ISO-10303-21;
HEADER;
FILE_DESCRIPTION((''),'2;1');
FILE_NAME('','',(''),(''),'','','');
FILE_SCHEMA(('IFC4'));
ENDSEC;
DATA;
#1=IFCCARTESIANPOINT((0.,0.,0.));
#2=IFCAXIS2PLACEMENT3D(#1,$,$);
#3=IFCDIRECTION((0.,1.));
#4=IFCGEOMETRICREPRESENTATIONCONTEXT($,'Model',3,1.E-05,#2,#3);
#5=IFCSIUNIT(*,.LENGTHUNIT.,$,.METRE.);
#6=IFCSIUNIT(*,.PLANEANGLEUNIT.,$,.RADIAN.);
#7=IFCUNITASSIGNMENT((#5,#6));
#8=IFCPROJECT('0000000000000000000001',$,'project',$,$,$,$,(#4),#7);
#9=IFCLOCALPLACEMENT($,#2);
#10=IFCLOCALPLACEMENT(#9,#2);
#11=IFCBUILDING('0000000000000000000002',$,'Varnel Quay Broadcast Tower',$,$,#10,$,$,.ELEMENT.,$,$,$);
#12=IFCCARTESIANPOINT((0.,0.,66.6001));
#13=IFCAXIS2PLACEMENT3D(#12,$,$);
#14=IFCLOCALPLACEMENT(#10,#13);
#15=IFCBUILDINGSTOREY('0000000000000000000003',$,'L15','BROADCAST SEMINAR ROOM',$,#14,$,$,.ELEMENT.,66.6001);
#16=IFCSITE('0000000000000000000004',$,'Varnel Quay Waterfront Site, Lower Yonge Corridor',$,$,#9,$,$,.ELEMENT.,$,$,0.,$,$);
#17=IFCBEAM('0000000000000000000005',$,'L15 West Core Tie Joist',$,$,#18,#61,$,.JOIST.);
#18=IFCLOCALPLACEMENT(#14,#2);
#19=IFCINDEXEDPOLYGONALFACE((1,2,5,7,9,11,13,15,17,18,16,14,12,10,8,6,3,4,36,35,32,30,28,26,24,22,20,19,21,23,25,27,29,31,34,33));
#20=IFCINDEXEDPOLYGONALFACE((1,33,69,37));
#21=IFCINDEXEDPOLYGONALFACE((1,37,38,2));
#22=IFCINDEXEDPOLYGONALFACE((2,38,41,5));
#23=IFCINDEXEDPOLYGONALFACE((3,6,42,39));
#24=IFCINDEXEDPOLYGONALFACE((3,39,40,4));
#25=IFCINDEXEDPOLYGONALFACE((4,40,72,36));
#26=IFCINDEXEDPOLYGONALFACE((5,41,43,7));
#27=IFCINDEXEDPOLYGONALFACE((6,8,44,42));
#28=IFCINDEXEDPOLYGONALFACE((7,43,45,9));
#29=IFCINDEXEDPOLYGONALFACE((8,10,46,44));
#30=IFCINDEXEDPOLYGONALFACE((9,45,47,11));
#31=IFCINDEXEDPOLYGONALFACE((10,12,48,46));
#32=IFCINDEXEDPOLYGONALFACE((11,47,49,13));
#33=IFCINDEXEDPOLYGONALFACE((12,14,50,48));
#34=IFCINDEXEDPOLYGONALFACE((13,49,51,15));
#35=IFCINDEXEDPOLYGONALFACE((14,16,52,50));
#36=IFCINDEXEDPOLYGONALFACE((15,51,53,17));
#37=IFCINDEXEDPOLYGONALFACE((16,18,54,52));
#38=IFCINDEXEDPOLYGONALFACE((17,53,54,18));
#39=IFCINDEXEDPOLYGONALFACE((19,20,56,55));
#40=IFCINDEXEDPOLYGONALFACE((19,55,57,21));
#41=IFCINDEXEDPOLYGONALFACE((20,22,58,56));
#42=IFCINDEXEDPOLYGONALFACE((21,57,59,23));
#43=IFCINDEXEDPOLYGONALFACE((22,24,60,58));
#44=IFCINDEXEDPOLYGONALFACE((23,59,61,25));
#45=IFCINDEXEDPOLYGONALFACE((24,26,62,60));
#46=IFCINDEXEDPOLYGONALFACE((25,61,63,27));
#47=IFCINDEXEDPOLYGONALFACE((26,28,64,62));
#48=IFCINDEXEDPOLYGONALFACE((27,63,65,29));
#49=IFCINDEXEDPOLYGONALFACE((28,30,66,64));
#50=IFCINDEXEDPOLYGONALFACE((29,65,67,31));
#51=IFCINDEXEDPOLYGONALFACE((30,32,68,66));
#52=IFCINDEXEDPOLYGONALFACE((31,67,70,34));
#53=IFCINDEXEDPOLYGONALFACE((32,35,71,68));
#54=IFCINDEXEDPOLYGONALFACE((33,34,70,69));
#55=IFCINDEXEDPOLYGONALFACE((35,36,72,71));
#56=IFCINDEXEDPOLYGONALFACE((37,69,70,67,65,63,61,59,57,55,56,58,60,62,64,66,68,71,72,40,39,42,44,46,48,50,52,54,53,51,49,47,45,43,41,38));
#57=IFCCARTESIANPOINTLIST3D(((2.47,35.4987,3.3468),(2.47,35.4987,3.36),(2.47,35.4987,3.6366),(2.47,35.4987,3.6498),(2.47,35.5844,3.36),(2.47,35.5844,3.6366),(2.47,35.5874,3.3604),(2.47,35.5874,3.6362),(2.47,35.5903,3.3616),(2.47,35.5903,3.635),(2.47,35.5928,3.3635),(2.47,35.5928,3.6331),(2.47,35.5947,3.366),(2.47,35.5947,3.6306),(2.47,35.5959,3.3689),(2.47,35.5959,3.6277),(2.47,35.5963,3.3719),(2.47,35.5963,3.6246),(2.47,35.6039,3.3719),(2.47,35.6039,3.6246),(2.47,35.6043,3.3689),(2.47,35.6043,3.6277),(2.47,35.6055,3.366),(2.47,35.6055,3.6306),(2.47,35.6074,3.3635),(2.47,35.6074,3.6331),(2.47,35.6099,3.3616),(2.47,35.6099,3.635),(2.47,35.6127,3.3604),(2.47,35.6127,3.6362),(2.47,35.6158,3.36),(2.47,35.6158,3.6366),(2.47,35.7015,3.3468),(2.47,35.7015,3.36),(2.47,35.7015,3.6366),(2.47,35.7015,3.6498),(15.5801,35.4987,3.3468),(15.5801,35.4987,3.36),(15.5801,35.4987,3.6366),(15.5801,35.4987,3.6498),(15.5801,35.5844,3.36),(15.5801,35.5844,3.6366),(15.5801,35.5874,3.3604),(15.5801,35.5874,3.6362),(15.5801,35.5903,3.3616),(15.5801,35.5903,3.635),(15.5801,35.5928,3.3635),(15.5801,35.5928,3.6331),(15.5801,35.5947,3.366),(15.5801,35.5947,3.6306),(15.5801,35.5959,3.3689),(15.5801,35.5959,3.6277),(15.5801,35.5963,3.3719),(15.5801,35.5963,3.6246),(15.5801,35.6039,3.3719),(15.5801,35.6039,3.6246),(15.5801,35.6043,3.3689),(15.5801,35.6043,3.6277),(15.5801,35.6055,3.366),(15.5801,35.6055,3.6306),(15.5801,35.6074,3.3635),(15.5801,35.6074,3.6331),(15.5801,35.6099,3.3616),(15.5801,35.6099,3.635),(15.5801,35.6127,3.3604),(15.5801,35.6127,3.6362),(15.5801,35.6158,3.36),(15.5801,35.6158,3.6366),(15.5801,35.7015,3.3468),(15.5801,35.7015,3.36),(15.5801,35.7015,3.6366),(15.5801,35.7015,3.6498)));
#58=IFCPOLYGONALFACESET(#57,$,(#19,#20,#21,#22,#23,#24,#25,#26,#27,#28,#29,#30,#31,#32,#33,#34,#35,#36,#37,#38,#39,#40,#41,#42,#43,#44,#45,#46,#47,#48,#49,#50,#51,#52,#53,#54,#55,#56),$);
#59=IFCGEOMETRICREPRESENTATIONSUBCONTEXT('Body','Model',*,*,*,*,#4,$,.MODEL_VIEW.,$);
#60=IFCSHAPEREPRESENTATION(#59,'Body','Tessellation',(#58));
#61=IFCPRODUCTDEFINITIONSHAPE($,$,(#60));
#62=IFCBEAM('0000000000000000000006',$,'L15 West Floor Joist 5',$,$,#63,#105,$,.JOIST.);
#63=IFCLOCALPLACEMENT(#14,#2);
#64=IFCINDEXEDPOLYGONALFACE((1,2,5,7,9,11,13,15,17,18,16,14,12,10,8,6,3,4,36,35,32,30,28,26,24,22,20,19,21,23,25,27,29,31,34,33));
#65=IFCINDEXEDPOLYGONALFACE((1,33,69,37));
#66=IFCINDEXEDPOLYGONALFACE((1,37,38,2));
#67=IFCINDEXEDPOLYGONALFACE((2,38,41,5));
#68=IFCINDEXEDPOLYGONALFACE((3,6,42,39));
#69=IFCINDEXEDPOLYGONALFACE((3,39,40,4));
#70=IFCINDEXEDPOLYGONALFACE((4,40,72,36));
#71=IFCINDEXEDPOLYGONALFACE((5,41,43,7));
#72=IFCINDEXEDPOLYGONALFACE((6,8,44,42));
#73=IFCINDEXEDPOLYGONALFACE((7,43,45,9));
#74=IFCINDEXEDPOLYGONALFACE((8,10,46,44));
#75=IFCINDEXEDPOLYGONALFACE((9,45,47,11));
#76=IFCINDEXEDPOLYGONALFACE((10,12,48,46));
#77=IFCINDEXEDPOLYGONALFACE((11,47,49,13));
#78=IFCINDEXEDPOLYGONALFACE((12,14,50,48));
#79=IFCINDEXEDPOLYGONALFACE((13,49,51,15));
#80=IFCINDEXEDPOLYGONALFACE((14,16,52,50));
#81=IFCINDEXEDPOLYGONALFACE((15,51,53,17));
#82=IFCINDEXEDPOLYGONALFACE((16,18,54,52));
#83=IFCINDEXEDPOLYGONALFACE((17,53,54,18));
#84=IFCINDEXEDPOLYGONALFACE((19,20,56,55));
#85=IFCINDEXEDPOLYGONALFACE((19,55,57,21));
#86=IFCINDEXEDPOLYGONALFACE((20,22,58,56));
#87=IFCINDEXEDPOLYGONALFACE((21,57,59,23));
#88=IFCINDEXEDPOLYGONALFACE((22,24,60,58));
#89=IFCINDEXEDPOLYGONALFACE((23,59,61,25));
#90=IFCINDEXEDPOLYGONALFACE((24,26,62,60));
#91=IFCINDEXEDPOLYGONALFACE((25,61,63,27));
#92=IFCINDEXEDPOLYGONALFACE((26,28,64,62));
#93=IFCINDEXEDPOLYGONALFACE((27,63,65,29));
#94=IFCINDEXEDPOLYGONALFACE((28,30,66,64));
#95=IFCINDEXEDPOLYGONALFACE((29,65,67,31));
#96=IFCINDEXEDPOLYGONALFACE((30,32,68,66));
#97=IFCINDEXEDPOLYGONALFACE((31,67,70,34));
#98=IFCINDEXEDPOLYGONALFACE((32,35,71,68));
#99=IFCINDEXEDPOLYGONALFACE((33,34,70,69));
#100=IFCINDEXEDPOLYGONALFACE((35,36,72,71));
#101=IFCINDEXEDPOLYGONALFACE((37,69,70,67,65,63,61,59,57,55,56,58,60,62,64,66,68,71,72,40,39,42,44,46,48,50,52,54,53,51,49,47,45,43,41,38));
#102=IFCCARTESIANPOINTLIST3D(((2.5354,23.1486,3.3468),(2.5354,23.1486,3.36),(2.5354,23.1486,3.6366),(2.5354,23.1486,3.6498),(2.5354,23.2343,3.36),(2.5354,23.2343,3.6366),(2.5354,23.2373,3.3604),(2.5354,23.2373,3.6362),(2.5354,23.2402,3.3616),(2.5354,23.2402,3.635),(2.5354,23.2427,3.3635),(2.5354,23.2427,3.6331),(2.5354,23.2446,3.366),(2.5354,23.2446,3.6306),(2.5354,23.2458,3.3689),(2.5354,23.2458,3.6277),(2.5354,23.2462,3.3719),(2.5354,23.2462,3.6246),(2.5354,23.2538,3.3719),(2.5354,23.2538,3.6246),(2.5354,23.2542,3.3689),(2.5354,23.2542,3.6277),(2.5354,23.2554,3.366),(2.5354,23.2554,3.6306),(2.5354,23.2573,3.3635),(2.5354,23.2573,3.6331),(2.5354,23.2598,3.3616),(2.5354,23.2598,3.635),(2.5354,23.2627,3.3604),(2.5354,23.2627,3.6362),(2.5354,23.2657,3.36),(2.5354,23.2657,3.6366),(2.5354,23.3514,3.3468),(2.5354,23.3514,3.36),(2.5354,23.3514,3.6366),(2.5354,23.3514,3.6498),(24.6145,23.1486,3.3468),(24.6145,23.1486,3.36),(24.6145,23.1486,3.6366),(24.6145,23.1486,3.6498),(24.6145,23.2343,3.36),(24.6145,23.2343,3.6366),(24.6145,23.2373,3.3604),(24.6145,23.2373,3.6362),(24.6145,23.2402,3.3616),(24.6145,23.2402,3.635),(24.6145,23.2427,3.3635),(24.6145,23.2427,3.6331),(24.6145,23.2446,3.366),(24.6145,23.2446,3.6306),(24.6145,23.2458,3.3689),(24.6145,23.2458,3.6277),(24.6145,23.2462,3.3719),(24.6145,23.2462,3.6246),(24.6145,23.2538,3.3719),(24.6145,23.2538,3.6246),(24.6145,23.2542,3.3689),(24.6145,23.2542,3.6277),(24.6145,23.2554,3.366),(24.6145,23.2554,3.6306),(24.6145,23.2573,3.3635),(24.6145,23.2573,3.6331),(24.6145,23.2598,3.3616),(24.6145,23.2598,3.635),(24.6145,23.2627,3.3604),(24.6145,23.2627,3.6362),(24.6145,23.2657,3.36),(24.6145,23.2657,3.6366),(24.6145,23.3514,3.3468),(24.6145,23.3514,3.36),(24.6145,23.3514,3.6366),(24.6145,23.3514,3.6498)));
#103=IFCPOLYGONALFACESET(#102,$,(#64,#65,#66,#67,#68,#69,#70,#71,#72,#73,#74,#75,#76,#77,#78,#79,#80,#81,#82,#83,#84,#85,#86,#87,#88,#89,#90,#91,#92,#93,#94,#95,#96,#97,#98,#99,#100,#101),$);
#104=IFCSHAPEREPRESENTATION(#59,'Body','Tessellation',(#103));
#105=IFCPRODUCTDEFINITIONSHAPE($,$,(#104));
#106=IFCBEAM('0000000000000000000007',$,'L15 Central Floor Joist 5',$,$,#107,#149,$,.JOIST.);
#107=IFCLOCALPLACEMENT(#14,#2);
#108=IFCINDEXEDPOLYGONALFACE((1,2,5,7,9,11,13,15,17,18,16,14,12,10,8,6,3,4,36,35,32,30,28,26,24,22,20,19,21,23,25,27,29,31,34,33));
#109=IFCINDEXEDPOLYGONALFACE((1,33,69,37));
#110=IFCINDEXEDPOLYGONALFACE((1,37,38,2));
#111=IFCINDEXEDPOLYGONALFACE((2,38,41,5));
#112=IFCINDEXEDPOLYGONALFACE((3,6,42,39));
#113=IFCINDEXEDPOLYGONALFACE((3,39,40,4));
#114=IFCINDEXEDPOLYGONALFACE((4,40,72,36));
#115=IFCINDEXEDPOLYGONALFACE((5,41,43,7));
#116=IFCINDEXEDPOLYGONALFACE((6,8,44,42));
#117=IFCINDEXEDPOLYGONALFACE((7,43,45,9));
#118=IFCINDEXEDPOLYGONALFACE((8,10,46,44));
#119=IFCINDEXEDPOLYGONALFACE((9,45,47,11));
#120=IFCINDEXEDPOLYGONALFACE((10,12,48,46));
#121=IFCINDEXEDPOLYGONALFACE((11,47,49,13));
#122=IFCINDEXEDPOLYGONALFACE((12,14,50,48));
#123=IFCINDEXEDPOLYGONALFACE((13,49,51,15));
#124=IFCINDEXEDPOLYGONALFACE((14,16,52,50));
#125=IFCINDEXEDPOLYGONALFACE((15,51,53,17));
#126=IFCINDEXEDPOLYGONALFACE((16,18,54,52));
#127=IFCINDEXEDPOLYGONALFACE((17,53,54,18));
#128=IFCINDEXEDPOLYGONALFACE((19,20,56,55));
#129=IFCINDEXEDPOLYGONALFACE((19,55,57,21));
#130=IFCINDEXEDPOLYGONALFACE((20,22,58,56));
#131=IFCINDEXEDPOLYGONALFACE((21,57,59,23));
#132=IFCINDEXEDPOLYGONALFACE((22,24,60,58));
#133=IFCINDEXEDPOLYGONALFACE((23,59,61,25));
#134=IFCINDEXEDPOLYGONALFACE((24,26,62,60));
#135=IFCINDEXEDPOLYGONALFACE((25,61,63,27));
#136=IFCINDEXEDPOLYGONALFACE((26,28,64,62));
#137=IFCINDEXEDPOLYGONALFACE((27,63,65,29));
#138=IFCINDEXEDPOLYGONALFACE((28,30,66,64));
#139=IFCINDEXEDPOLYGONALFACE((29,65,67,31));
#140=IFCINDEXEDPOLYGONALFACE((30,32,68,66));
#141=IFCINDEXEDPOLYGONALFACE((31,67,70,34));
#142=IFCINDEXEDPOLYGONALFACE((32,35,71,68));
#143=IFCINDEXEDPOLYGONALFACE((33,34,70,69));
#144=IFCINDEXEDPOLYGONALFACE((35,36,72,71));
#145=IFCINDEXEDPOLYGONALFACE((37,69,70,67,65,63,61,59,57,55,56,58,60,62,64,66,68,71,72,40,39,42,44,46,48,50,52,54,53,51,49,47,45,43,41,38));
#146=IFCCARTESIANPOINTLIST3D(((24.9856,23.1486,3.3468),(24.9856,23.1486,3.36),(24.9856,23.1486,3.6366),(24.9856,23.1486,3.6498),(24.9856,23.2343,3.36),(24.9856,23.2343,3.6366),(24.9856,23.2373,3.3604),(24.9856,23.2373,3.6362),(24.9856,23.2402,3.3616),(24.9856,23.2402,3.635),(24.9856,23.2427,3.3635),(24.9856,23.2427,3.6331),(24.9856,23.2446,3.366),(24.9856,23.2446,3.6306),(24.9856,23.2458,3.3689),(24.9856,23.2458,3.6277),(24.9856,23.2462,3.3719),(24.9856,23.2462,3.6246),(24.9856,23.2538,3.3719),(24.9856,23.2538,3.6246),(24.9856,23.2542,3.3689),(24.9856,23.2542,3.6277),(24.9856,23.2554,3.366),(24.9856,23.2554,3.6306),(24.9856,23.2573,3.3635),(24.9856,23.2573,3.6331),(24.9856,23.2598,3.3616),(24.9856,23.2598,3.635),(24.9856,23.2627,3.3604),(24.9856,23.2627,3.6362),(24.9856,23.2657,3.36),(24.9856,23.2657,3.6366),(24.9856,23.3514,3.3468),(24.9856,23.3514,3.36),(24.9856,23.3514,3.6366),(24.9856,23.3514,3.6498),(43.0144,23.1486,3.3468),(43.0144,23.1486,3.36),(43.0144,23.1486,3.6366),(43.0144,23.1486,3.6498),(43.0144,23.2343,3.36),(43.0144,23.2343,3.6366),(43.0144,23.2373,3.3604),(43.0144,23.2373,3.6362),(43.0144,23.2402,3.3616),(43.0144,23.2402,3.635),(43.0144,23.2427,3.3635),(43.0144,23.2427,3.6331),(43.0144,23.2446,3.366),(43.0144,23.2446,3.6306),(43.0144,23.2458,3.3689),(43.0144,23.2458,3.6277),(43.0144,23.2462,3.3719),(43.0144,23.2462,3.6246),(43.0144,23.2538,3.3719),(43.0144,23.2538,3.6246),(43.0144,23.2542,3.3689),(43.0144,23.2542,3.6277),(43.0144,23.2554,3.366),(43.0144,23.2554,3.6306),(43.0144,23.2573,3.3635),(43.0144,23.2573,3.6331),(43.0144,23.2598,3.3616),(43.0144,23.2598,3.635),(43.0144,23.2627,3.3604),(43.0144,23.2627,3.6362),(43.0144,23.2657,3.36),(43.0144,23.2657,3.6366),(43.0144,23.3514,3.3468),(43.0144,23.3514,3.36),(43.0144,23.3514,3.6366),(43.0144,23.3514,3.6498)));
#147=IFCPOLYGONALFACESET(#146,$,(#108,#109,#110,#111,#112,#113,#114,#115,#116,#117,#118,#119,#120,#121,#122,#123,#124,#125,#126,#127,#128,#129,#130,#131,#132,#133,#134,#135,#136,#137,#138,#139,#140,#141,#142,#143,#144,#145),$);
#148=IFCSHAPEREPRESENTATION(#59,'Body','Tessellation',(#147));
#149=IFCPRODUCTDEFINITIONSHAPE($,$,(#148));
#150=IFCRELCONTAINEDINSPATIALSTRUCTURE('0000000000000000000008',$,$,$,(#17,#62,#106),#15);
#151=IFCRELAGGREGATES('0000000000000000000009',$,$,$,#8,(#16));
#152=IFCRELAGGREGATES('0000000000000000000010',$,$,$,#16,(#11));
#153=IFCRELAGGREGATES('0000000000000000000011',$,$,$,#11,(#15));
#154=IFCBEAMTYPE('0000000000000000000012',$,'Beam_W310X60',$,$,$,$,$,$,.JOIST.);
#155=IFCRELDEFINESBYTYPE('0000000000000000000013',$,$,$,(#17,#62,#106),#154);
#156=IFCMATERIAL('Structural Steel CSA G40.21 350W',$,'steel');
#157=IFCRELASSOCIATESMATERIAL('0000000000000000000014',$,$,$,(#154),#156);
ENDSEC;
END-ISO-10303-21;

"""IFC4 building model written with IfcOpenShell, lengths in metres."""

from ifc_helpers import new_model, si_unit, direction, frame, origin, origin_2d, place, context, subcontext, project, spatial, i_section, extrude, source, transform, mapped, material, material_profile, profile_set, type_object, type_shapes, element, save


model = new_model("IFC4")

# Units and contexts
model_context = context("Model", 3, precision=1e-05, world=origin(), true_north=direction((0.0, 1.0)))
body_context = subcontext(model_context, "Body", "Model", "MODEL_VIEW")
ifc_project = project(units=[si_unit("LENGTHUNIT", "METRE"), si_unit("PLANEANGLEUNIT", "RADIAN")], contexts=[model_context])

# Site, building, storey
site_placement = place(None, origin())
site = spatial("IfcSite", under=ifc_project, at=site_placement, Name="Varnel Quay Waterfront Site, Lower Yonge Corridor", CompositionType="ELEMENT", RefElevation=0.0)
building_placement = place(site_placement, origin())
building = spatial("IfcBuilding", under=site, at=building_placement, Name="Varnel Quay Broadcast Tower", CompositionType="ELEMENT")
storey_placement = place(building_placement, frame((0.0, 0.0, 66.6001)))
storey = spatial("IfcBuildingStorey", under=building, at=storey_placement, Name="L15", Description="BROADCAST SEMINAR ROOM", CompositionType="ELEMENT", Elevation=66.6001)

# Shared definitions
ifc_material_1 = material(Name="Structural Steel CSA G40.21 350W", Category="steel")

# Beams
ifc_material_profile_1 = material_profile(ifc_material_1, i_section(OverallWidth=0.2029, OverallDepth=0.303, WebThickness=0.0076, FlangeThickness=0.0132, FilletRadius=0.012, at=origin_2d()), Name="W310X60")
ifc_profile_set_1 = profile_set([ifc_material_profile_1], Name="Structural Steel CSA G40.21 350W")
beam_type_1 = type_object("IfcBeamType", Name="Beam_W310X60", PredefinedType="JOIST", material=ifc_profile_set_1)
shared_shape_1 = source(origin(), body_context, "Body", "SweptSolid", [
    extrude(i_section(OverallWidth=0.2029, OverallDepth=0.303, WebThickness=0.0076, FlangeThickness=0.0132, FilletRadius=0.012, at=origin_2d()), origin(), (0.0, 0.0, 1.0), 13.1101),
])
beam_1_placement = place(storey_placement, frame((2.47, 35.6001, 3.4983), z_axis=(1.0, 0.0, 0.0), x_axis=(0.0, 1.0, 0.0)))
element("IfcBeam", 1, at=beam_1_placement, inside=storey, type_object=beam_type_1, Name="L15 West Core Tie Joist", PredefinedType="JOIST", context=body_context, shape_type="MappedRepresentation", body=[
    mapped(shared_shape_1, transform((0.0, 0.0, 0.0), x_axis=(1.0, 0.0, 0.0), y_axis=(0.0, 1.0, 0.0), z_axis=(0.0, 0.0, 1.0), scale=1.0)),
])
shared_shape_2 = source(origin(), body_context, "Body", "SweptSolid", [
    extrude(i_section(OverallWidth=0.2029, OverallDepth=0.303, WebThickness=0.0076, FlangeThickness=0.0132, FilletRadius=0.012, at=origin_2d()), origin(), (0.0, 0.0, 1.0), 22.0791),
])
beam_2_placement = place(storey_placement, frame((2.5354, 23.25, 3.4983), z_axis=(1.0, 0.0, 0.0), x_axis=(0.0, 1.0, 0.0)))
element("IfcBeam", 2, at=beam_2_placement, inside=storey, type_object=beam_type_1, Name="L15 West Floor Joist 5", PredefinedType="JOIST", context=body_context, shape_type="MappedRepresentation", body=[
    mapped(shared_shape_2, transform((0.0, 0.0, 0.0), x_axis=(1.0, 0.0, 0.0), y_axis=(0.0, 1.0, 0.0), z_axis=(0.0, 0.0, 1.0), scale=1.0)),
])
shared_shape_3 = source(origin(), body_context, "Body", "SweptSolid", [
    extrude(i_section(OverallWidth=0.2029, OverallDepth=0.303, WebThickness=0.0076, FlangeThickness=0.0132, FilletRadius=0.012, at=origin_2d()), origin(), (0.0, 0.0, 1.0), 18.0288),
])
type_shapes(beam_type_1, [shared_shape_1, shared_shape_2, shared_shape_3])
beam_3_placement = place(storey_placement, frame((24.9856, 23.25, 3.4983), z_axis=(1.0, 0.0, 0.0), x_axis=(0.0, 1.0, 0.0)))
element("IfcBeam", 3, at=beam_3_placement, inside=storey, type_object=beam_type_1, Name="L15 Central Floor Joist 5", PredefinedType="JOIST", context=body_context, shape_type="MappedRepresentation", body=[
    mapped(shared_shape_3, transform((0.0, 0.0, 0.0), x_axis=(1.0, 0.0, 0.0), y_axis=(0.0, 1.0, 0.0), z_axis=(0.0, 0.0, 1.0), scale=1.0)),
])

save(model, "model.ifc")
